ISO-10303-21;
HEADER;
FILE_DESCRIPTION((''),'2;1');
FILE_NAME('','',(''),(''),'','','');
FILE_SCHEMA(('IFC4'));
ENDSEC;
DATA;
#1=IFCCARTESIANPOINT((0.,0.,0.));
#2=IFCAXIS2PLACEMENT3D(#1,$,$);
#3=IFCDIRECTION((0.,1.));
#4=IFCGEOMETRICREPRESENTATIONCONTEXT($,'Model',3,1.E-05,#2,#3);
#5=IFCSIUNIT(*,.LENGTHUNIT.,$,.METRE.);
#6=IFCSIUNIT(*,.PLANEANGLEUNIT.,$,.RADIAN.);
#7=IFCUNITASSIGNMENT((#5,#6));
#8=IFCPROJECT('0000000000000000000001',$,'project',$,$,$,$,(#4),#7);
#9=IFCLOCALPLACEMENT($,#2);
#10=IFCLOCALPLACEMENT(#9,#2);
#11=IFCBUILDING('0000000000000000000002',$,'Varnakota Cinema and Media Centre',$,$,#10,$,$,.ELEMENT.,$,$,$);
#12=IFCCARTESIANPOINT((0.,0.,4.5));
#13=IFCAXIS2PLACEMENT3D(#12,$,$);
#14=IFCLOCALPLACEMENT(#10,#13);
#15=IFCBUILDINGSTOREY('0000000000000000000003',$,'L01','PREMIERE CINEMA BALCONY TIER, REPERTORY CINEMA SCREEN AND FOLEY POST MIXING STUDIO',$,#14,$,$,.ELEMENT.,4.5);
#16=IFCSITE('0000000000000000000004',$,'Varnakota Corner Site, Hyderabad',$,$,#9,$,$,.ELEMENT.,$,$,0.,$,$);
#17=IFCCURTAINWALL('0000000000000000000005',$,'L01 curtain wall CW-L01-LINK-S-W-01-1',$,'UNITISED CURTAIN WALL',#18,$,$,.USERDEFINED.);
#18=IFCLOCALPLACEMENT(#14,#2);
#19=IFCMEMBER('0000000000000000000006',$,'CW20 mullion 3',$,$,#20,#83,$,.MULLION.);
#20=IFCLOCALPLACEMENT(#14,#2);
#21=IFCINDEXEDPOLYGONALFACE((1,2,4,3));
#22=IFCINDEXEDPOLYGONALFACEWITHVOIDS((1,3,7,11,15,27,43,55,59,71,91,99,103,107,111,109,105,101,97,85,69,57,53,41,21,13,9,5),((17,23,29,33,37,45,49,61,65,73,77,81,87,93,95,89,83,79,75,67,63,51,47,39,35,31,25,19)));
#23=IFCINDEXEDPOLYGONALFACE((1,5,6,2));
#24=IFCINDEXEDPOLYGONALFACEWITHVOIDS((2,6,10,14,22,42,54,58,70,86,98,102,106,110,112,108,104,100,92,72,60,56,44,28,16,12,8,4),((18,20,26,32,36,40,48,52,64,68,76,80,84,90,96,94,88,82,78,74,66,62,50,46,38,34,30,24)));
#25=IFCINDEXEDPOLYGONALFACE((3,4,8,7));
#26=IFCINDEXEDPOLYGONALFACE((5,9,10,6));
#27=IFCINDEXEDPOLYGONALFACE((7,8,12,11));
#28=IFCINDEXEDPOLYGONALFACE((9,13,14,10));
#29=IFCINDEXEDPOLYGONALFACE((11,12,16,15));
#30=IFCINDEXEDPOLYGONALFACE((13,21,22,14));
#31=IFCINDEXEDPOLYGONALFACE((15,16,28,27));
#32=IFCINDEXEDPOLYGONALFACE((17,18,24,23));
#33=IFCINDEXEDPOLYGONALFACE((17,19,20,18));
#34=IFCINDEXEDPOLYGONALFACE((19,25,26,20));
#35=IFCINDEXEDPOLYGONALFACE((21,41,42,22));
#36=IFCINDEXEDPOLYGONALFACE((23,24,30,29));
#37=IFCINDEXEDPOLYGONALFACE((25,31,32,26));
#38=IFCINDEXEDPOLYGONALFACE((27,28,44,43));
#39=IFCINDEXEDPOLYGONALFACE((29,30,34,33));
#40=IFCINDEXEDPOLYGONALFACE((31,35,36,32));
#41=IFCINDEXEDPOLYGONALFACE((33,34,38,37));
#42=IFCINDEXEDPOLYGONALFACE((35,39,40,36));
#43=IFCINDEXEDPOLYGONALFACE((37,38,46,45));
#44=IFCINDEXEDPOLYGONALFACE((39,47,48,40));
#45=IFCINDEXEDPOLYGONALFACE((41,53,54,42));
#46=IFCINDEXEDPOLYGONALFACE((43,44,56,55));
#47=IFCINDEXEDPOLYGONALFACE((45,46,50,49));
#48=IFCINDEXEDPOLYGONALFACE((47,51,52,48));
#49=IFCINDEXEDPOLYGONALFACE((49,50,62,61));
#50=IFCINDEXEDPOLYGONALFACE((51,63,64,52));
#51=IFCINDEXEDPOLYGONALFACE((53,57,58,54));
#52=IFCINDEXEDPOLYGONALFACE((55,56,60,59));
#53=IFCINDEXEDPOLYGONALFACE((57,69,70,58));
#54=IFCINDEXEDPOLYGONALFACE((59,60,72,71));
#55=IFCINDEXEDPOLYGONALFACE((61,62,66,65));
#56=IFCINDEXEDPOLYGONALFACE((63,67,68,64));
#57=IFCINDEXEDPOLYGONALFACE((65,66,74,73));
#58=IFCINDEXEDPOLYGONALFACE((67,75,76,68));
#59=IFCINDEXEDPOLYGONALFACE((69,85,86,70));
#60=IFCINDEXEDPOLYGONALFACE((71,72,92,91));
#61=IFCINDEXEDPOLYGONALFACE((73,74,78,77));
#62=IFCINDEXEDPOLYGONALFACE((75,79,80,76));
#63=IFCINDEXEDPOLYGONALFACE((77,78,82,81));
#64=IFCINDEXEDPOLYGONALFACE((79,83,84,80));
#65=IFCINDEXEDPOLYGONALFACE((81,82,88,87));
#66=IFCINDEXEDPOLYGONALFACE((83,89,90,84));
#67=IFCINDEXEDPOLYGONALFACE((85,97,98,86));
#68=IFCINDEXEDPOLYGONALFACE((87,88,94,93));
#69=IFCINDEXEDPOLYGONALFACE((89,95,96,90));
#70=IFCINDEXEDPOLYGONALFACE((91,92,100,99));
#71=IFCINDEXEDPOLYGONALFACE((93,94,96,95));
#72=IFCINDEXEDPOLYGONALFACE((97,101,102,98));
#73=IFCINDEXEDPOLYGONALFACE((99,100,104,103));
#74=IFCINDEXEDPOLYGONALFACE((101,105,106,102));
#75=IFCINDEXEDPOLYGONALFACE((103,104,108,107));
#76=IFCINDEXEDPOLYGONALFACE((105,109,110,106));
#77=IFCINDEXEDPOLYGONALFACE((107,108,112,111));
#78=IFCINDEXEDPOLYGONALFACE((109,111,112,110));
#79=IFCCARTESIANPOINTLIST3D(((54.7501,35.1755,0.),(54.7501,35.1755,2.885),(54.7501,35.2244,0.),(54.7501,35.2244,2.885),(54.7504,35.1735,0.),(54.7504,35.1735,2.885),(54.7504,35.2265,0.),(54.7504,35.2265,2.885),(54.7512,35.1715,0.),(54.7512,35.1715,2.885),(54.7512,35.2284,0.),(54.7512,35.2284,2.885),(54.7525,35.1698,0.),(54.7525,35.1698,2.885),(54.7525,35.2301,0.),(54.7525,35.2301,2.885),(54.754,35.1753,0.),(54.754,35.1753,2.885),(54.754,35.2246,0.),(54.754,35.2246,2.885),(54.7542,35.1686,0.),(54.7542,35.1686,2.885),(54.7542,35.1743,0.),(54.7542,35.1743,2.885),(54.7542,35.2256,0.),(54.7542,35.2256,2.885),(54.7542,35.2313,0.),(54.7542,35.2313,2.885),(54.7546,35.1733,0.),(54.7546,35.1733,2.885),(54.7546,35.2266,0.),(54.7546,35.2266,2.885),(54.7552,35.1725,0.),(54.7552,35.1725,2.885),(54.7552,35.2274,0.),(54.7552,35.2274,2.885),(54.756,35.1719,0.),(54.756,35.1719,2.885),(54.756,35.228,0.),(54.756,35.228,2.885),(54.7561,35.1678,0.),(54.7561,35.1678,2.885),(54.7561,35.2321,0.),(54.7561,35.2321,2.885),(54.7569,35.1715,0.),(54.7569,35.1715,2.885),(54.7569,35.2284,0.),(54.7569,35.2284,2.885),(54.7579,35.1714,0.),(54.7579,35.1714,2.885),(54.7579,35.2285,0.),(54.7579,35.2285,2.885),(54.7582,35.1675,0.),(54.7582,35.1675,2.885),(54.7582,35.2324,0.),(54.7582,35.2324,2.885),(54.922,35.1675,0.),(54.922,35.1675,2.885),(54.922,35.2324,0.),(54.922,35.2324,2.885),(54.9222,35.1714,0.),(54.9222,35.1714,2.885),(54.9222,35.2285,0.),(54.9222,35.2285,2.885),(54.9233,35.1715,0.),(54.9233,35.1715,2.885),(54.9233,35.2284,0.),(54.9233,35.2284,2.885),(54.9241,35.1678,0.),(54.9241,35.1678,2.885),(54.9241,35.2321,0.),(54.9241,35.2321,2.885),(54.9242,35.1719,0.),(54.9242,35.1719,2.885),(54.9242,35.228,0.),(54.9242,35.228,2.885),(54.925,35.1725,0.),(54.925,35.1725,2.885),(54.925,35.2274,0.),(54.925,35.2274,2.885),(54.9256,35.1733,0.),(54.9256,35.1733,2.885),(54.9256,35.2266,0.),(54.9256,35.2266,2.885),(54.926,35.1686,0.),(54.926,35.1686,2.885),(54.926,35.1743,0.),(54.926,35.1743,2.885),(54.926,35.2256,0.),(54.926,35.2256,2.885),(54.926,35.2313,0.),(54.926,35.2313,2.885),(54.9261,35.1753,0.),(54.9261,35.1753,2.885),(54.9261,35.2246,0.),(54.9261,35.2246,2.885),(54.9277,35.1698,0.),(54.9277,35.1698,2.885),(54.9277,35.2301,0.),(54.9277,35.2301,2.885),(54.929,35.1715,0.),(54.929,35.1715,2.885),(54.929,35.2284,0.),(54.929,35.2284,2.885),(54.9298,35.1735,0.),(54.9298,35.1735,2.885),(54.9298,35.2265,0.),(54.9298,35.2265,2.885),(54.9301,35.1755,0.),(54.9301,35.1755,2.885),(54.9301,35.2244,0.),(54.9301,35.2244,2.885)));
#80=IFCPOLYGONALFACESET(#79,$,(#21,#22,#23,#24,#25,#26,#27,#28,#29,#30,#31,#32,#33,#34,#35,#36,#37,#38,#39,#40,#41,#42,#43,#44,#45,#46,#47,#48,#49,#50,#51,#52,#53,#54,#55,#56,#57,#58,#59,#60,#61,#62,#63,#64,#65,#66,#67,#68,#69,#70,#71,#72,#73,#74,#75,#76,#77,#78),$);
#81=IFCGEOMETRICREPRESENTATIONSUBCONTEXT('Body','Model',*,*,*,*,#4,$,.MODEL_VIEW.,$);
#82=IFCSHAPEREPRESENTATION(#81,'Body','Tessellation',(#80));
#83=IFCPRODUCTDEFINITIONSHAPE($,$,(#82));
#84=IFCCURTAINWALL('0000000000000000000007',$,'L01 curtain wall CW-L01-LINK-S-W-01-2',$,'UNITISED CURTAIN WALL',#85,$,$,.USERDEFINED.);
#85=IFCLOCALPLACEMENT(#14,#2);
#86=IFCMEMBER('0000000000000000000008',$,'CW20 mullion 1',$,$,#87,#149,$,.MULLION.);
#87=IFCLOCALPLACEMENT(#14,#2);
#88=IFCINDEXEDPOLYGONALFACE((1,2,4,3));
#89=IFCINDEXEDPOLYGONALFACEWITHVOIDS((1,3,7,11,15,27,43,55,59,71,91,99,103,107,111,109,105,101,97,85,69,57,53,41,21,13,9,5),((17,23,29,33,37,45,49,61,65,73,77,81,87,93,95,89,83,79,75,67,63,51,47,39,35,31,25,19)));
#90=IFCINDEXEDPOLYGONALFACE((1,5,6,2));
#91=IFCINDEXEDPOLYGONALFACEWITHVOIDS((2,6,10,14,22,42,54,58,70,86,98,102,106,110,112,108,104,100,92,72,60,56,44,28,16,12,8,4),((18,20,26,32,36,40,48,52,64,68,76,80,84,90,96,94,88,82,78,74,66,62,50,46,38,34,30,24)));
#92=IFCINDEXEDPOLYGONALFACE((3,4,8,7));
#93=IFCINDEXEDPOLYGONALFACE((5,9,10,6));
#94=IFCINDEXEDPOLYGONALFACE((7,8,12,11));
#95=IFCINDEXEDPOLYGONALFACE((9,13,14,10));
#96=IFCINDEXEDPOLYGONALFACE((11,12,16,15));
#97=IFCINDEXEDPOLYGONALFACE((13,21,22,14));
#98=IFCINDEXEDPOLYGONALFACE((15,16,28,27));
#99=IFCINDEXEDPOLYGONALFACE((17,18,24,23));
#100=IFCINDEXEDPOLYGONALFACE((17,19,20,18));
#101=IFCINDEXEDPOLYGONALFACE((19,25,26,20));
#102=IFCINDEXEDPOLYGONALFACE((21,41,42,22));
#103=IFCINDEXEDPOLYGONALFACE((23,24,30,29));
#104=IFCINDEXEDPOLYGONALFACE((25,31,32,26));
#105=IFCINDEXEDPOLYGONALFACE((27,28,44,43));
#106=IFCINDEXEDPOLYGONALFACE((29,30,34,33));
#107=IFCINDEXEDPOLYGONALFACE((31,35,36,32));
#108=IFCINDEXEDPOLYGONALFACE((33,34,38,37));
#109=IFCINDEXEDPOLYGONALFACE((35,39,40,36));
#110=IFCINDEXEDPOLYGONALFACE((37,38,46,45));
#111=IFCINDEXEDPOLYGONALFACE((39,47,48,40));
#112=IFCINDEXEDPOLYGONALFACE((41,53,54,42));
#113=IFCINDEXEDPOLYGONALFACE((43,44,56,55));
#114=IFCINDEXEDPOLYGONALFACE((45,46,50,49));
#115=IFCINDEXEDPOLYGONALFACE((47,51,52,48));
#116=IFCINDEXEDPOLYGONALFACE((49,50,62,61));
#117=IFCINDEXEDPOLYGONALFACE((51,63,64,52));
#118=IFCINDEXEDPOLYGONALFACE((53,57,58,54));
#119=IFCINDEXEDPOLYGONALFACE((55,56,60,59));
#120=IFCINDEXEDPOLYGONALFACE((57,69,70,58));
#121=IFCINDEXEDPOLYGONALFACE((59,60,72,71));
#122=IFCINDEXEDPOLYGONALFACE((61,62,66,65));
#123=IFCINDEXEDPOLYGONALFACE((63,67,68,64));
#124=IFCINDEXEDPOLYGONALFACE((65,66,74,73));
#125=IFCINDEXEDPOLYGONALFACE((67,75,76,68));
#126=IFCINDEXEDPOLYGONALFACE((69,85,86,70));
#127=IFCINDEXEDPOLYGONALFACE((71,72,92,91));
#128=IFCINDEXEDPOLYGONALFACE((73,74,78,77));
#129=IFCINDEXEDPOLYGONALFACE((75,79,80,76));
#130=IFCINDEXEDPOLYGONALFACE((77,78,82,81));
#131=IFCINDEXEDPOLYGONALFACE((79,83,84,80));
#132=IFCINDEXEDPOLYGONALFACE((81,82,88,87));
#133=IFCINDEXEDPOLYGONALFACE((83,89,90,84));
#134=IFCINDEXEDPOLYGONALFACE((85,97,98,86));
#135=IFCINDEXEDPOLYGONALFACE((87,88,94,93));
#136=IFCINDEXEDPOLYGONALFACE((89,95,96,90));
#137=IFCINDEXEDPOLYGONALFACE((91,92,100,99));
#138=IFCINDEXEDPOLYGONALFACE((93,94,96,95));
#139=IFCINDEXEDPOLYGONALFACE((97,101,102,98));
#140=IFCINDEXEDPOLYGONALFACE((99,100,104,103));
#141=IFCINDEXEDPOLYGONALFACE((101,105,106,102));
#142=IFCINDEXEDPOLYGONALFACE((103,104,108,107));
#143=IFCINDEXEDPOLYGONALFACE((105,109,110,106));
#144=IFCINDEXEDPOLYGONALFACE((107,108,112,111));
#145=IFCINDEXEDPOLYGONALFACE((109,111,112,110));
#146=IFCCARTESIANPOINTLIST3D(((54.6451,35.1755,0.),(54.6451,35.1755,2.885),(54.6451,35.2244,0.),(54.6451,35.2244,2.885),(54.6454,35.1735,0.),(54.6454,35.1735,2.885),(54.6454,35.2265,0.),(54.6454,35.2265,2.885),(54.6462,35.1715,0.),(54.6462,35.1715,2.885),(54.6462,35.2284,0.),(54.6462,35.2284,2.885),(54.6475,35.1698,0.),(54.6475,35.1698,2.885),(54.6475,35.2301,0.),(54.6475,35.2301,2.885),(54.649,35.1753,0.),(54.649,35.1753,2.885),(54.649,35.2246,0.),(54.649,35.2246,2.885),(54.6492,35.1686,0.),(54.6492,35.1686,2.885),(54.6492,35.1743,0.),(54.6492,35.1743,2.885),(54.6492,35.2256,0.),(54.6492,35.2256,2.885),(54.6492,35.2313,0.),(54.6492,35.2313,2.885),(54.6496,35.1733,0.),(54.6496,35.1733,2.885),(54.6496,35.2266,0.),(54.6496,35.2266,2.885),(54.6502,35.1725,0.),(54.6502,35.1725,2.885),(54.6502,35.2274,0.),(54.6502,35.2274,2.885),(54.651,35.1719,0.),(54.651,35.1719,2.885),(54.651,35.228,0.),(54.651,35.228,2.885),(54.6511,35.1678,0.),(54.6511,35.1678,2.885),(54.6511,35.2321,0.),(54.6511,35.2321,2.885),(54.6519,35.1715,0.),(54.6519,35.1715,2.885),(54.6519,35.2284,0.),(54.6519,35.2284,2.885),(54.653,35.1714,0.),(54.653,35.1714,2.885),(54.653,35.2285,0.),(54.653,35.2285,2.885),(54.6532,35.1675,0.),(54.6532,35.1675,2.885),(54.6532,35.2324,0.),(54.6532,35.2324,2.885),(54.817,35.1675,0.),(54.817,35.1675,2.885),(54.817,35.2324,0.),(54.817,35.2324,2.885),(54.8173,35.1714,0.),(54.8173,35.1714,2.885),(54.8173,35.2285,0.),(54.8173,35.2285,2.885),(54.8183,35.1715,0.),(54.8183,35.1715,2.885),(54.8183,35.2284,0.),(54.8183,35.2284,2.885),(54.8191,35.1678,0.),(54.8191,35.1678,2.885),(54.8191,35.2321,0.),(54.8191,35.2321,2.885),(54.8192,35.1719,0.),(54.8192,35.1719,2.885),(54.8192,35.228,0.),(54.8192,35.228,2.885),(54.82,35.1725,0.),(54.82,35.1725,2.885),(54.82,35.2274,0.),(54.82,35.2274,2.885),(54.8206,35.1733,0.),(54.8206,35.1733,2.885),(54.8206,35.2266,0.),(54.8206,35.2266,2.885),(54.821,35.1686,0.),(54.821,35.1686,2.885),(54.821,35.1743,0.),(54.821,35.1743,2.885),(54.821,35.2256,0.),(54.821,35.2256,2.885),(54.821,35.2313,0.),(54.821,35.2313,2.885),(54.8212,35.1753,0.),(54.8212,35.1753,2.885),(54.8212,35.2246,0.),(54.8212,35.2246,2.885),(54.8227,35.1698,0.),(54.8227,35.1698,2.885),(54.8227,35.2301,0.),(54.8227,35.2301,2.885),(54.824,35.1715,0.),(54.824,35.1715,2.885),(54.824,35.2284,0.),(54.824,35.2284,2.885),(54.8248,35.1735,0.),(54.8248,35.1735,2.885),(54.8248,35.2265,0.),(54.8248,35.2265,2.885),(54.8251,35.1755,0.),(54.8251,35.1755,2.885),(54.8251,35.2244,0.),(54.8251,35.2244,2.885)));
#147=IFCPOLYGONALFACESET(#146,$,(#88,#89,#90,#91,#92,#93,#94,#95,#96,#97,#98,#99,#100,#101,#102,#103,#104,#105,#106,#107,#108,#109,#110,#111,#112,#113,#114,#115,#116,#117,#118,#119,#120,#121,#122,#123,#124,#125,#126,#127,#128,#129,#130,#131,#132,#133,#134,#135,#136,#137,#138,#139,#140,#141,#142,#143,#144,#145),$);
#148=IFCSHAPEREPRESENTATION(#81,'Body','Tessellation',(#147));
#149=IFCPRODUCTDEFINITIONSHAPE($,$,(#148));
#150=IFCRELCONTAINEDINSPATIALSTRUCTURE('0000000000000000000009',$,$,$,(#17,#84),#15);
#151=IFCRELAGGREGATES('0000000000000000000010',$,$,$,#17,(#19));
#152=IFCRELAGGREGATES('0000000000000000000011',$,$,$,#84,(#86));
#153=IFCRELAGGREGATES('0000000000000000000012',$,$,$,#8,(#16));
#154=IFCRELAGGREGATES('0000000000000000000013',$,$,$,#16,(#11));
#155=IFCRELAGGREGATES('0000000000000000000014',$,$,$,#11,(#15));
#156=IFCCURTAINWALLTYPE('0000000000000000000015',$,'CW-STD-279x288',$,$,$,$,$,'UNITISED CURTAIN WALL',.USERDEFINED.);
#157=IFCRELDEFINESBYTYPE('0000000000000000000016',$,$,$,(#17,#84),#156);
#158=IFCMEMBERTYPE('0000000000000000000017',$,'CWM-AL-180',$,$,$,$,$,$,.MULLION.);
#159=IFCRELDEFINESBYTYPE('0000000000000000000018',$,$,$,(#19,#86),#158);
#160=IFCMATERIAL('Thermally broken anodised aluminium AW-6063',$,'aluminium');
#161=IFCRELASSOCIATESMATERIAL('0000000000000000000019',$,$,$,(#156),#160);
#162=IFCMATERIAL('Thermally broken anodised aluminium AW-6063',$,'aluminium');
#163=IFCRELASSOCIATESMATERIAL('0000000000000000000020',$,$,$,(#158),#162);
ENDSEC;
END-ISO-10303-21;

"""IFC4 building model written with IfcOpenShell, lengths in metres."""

from ifc_helpers import new_model, si_unit, direction, frame, origin, origin_2d, place, context, subcontext, project, spatial, hollow_rectangle, extrude, material, material_profile, profile_set, type_object, element, aggregate, save


model = new_model("IFC4")

# Units and contexts
model_context = context("Model", 3, precision=1e-05, world=origin(), true_north=direction((0.0, 1.0)))
body_context = subcontext(model_context, "Body", "Model", "MODEL_VIEW")
ifc_project = project(units=[si_unit("LENGTHUNIT", "METRE"), si_unit("PLANEANGLEUNIT", "RADIAN")], contexts=[model_context])

# Site, building, storey
site_placement = place(None, origin())
site = spatial("IfcSite", under=ifc_project, at=site_placement, Name="Varnakota Corner Site, Hyderabad", CompositionType="ELEMENT", RefElevation=0.0)
building_placement = place(site_placement, origin())
building = spatial("IfcBuilding", under=site, at=building_placement, Name="Varnakota Cinema and Media Centre", CompositionType="ELEMENT")
storey_placement = place(building_placement, frame((0.0, 0.0, 4.5)))
storey = spatial("IfcBuildingStorey", under=building, at=storey_placement, Name="L01", Description="PREMIERE CINEMA BALCONY TIER, REPERTORY CINEMA SCREEN AND FOLEY POST MIXING STUDIO", CompositionType="ELEMENT", Elevation=4.5)

# Curtain walls, members
ifc_material_1 = material(Name="Thermally broken anodised aluminium AW-6063", Category="aluminium")
curtain_wall_type_1 = type_object("IfcCurtainWallType", Name="CW-STD-279x288", ElementType="UNITISED CURTAIN WALL", PredefinedType="USERDEFINED", material=ifc_material_1)
curtain_wall_1_placement = place(storey_placement, origin())
curtain_wall_1 = element("IfcCurtainWall", 1, at=curtain_wall_1_placement, inside=storey, type_object=curtain_wall_type_1, Name="L01 curtain wall CW-L01-LINK-S-W-01-1", ObjectType="UNITISED CURTAIN WALL", PredefinedType="USERDEFINED")
ifc_material_2 = material(Name="Thermally broken anodised aluminium AW-6063", Category="aluminium")
ifc_material_profile_1 = material_profile(ifc_material_2, hollow_rectangle(XDim=0.0649, YDim=0.1799, WallThickness=0.0039, InnerFilletRadius=0.0039, OuterFilletRadius=0.0081, at=origin_2d()), Name="AL-MULLION 180x65x4")
ifc_profile_set_1 = profile_set([ifc_material_profile_1], Name="Thermally broken anodised aluminium AW-6063")
member_type_1 = type_object("IfcMemberType", Name="CWM-AL-180", PredefinedType="MULLION", material=ifc_profile_set_1)
member_1_placement = place(storey_placement, frame((54.8401, 35.2, 0.0), z_axis=(0.0, 0.0, 1.0), x_axis=(0.0, -1.0, 0.0)))
member_1 = element("IfcMember", 2, at=member_1_placement, type_object=member_type_1, Name="CW20 mullion 3", PredefinedType="MULLION", context=body_context, shape_type="SweptSolid", body=[
    extrude(hollow_rectangle(XDim=0.0649, YDim=0.1799, WallThickness=0.0039, InnerFilletRadius=0.0039, OuterFilletRadius=0.0081, at=origin_2d()), origin(), (0.0, 0.0, 1.0), 2.885),
])
curtain_wall_2_placement = place(storey_placement, origin())
curtain_wall_2 = element("IfcCurtainWall", 3, at=curtain_wall_2_placement, inside=storey, type_object=curtain_wall_type_1, Name="L01 curtain wall CW-L01-LINK-S-W-01-2", ObjectType="UNITISED CURTAIN WALL", PredefinedType="USERDEFINED")
member_2_placement = place(storey_placement, frame((54.7351, 35.2, 0.0), z_axis=(0.0, 0.0, 1.0), x_axis=(0.0, -1.0, 0.0)))
member_2 = element("IfcMember", 4, at=member_2_placement, type_object=member_type_1, Name="CW20 mullion 1", PredefinedType="MULLION", context=body_context, shape_type="SweptSolid", body=[
    extrude(hollow_rectangle(XDim=0.0649, YDim=0.1799, WallThickness=0.0039, InnerFilletRadius=0.0039, OuterFilletRadius=0.0081, at=origin_2d()), origin(), (0.0, 0.0, 1.0), 2.885),
])

aggregate(curtain_wall_1, [member_1])
aggregate(curtain_wall_2, [member_2])

save(model, "model.ifc")
